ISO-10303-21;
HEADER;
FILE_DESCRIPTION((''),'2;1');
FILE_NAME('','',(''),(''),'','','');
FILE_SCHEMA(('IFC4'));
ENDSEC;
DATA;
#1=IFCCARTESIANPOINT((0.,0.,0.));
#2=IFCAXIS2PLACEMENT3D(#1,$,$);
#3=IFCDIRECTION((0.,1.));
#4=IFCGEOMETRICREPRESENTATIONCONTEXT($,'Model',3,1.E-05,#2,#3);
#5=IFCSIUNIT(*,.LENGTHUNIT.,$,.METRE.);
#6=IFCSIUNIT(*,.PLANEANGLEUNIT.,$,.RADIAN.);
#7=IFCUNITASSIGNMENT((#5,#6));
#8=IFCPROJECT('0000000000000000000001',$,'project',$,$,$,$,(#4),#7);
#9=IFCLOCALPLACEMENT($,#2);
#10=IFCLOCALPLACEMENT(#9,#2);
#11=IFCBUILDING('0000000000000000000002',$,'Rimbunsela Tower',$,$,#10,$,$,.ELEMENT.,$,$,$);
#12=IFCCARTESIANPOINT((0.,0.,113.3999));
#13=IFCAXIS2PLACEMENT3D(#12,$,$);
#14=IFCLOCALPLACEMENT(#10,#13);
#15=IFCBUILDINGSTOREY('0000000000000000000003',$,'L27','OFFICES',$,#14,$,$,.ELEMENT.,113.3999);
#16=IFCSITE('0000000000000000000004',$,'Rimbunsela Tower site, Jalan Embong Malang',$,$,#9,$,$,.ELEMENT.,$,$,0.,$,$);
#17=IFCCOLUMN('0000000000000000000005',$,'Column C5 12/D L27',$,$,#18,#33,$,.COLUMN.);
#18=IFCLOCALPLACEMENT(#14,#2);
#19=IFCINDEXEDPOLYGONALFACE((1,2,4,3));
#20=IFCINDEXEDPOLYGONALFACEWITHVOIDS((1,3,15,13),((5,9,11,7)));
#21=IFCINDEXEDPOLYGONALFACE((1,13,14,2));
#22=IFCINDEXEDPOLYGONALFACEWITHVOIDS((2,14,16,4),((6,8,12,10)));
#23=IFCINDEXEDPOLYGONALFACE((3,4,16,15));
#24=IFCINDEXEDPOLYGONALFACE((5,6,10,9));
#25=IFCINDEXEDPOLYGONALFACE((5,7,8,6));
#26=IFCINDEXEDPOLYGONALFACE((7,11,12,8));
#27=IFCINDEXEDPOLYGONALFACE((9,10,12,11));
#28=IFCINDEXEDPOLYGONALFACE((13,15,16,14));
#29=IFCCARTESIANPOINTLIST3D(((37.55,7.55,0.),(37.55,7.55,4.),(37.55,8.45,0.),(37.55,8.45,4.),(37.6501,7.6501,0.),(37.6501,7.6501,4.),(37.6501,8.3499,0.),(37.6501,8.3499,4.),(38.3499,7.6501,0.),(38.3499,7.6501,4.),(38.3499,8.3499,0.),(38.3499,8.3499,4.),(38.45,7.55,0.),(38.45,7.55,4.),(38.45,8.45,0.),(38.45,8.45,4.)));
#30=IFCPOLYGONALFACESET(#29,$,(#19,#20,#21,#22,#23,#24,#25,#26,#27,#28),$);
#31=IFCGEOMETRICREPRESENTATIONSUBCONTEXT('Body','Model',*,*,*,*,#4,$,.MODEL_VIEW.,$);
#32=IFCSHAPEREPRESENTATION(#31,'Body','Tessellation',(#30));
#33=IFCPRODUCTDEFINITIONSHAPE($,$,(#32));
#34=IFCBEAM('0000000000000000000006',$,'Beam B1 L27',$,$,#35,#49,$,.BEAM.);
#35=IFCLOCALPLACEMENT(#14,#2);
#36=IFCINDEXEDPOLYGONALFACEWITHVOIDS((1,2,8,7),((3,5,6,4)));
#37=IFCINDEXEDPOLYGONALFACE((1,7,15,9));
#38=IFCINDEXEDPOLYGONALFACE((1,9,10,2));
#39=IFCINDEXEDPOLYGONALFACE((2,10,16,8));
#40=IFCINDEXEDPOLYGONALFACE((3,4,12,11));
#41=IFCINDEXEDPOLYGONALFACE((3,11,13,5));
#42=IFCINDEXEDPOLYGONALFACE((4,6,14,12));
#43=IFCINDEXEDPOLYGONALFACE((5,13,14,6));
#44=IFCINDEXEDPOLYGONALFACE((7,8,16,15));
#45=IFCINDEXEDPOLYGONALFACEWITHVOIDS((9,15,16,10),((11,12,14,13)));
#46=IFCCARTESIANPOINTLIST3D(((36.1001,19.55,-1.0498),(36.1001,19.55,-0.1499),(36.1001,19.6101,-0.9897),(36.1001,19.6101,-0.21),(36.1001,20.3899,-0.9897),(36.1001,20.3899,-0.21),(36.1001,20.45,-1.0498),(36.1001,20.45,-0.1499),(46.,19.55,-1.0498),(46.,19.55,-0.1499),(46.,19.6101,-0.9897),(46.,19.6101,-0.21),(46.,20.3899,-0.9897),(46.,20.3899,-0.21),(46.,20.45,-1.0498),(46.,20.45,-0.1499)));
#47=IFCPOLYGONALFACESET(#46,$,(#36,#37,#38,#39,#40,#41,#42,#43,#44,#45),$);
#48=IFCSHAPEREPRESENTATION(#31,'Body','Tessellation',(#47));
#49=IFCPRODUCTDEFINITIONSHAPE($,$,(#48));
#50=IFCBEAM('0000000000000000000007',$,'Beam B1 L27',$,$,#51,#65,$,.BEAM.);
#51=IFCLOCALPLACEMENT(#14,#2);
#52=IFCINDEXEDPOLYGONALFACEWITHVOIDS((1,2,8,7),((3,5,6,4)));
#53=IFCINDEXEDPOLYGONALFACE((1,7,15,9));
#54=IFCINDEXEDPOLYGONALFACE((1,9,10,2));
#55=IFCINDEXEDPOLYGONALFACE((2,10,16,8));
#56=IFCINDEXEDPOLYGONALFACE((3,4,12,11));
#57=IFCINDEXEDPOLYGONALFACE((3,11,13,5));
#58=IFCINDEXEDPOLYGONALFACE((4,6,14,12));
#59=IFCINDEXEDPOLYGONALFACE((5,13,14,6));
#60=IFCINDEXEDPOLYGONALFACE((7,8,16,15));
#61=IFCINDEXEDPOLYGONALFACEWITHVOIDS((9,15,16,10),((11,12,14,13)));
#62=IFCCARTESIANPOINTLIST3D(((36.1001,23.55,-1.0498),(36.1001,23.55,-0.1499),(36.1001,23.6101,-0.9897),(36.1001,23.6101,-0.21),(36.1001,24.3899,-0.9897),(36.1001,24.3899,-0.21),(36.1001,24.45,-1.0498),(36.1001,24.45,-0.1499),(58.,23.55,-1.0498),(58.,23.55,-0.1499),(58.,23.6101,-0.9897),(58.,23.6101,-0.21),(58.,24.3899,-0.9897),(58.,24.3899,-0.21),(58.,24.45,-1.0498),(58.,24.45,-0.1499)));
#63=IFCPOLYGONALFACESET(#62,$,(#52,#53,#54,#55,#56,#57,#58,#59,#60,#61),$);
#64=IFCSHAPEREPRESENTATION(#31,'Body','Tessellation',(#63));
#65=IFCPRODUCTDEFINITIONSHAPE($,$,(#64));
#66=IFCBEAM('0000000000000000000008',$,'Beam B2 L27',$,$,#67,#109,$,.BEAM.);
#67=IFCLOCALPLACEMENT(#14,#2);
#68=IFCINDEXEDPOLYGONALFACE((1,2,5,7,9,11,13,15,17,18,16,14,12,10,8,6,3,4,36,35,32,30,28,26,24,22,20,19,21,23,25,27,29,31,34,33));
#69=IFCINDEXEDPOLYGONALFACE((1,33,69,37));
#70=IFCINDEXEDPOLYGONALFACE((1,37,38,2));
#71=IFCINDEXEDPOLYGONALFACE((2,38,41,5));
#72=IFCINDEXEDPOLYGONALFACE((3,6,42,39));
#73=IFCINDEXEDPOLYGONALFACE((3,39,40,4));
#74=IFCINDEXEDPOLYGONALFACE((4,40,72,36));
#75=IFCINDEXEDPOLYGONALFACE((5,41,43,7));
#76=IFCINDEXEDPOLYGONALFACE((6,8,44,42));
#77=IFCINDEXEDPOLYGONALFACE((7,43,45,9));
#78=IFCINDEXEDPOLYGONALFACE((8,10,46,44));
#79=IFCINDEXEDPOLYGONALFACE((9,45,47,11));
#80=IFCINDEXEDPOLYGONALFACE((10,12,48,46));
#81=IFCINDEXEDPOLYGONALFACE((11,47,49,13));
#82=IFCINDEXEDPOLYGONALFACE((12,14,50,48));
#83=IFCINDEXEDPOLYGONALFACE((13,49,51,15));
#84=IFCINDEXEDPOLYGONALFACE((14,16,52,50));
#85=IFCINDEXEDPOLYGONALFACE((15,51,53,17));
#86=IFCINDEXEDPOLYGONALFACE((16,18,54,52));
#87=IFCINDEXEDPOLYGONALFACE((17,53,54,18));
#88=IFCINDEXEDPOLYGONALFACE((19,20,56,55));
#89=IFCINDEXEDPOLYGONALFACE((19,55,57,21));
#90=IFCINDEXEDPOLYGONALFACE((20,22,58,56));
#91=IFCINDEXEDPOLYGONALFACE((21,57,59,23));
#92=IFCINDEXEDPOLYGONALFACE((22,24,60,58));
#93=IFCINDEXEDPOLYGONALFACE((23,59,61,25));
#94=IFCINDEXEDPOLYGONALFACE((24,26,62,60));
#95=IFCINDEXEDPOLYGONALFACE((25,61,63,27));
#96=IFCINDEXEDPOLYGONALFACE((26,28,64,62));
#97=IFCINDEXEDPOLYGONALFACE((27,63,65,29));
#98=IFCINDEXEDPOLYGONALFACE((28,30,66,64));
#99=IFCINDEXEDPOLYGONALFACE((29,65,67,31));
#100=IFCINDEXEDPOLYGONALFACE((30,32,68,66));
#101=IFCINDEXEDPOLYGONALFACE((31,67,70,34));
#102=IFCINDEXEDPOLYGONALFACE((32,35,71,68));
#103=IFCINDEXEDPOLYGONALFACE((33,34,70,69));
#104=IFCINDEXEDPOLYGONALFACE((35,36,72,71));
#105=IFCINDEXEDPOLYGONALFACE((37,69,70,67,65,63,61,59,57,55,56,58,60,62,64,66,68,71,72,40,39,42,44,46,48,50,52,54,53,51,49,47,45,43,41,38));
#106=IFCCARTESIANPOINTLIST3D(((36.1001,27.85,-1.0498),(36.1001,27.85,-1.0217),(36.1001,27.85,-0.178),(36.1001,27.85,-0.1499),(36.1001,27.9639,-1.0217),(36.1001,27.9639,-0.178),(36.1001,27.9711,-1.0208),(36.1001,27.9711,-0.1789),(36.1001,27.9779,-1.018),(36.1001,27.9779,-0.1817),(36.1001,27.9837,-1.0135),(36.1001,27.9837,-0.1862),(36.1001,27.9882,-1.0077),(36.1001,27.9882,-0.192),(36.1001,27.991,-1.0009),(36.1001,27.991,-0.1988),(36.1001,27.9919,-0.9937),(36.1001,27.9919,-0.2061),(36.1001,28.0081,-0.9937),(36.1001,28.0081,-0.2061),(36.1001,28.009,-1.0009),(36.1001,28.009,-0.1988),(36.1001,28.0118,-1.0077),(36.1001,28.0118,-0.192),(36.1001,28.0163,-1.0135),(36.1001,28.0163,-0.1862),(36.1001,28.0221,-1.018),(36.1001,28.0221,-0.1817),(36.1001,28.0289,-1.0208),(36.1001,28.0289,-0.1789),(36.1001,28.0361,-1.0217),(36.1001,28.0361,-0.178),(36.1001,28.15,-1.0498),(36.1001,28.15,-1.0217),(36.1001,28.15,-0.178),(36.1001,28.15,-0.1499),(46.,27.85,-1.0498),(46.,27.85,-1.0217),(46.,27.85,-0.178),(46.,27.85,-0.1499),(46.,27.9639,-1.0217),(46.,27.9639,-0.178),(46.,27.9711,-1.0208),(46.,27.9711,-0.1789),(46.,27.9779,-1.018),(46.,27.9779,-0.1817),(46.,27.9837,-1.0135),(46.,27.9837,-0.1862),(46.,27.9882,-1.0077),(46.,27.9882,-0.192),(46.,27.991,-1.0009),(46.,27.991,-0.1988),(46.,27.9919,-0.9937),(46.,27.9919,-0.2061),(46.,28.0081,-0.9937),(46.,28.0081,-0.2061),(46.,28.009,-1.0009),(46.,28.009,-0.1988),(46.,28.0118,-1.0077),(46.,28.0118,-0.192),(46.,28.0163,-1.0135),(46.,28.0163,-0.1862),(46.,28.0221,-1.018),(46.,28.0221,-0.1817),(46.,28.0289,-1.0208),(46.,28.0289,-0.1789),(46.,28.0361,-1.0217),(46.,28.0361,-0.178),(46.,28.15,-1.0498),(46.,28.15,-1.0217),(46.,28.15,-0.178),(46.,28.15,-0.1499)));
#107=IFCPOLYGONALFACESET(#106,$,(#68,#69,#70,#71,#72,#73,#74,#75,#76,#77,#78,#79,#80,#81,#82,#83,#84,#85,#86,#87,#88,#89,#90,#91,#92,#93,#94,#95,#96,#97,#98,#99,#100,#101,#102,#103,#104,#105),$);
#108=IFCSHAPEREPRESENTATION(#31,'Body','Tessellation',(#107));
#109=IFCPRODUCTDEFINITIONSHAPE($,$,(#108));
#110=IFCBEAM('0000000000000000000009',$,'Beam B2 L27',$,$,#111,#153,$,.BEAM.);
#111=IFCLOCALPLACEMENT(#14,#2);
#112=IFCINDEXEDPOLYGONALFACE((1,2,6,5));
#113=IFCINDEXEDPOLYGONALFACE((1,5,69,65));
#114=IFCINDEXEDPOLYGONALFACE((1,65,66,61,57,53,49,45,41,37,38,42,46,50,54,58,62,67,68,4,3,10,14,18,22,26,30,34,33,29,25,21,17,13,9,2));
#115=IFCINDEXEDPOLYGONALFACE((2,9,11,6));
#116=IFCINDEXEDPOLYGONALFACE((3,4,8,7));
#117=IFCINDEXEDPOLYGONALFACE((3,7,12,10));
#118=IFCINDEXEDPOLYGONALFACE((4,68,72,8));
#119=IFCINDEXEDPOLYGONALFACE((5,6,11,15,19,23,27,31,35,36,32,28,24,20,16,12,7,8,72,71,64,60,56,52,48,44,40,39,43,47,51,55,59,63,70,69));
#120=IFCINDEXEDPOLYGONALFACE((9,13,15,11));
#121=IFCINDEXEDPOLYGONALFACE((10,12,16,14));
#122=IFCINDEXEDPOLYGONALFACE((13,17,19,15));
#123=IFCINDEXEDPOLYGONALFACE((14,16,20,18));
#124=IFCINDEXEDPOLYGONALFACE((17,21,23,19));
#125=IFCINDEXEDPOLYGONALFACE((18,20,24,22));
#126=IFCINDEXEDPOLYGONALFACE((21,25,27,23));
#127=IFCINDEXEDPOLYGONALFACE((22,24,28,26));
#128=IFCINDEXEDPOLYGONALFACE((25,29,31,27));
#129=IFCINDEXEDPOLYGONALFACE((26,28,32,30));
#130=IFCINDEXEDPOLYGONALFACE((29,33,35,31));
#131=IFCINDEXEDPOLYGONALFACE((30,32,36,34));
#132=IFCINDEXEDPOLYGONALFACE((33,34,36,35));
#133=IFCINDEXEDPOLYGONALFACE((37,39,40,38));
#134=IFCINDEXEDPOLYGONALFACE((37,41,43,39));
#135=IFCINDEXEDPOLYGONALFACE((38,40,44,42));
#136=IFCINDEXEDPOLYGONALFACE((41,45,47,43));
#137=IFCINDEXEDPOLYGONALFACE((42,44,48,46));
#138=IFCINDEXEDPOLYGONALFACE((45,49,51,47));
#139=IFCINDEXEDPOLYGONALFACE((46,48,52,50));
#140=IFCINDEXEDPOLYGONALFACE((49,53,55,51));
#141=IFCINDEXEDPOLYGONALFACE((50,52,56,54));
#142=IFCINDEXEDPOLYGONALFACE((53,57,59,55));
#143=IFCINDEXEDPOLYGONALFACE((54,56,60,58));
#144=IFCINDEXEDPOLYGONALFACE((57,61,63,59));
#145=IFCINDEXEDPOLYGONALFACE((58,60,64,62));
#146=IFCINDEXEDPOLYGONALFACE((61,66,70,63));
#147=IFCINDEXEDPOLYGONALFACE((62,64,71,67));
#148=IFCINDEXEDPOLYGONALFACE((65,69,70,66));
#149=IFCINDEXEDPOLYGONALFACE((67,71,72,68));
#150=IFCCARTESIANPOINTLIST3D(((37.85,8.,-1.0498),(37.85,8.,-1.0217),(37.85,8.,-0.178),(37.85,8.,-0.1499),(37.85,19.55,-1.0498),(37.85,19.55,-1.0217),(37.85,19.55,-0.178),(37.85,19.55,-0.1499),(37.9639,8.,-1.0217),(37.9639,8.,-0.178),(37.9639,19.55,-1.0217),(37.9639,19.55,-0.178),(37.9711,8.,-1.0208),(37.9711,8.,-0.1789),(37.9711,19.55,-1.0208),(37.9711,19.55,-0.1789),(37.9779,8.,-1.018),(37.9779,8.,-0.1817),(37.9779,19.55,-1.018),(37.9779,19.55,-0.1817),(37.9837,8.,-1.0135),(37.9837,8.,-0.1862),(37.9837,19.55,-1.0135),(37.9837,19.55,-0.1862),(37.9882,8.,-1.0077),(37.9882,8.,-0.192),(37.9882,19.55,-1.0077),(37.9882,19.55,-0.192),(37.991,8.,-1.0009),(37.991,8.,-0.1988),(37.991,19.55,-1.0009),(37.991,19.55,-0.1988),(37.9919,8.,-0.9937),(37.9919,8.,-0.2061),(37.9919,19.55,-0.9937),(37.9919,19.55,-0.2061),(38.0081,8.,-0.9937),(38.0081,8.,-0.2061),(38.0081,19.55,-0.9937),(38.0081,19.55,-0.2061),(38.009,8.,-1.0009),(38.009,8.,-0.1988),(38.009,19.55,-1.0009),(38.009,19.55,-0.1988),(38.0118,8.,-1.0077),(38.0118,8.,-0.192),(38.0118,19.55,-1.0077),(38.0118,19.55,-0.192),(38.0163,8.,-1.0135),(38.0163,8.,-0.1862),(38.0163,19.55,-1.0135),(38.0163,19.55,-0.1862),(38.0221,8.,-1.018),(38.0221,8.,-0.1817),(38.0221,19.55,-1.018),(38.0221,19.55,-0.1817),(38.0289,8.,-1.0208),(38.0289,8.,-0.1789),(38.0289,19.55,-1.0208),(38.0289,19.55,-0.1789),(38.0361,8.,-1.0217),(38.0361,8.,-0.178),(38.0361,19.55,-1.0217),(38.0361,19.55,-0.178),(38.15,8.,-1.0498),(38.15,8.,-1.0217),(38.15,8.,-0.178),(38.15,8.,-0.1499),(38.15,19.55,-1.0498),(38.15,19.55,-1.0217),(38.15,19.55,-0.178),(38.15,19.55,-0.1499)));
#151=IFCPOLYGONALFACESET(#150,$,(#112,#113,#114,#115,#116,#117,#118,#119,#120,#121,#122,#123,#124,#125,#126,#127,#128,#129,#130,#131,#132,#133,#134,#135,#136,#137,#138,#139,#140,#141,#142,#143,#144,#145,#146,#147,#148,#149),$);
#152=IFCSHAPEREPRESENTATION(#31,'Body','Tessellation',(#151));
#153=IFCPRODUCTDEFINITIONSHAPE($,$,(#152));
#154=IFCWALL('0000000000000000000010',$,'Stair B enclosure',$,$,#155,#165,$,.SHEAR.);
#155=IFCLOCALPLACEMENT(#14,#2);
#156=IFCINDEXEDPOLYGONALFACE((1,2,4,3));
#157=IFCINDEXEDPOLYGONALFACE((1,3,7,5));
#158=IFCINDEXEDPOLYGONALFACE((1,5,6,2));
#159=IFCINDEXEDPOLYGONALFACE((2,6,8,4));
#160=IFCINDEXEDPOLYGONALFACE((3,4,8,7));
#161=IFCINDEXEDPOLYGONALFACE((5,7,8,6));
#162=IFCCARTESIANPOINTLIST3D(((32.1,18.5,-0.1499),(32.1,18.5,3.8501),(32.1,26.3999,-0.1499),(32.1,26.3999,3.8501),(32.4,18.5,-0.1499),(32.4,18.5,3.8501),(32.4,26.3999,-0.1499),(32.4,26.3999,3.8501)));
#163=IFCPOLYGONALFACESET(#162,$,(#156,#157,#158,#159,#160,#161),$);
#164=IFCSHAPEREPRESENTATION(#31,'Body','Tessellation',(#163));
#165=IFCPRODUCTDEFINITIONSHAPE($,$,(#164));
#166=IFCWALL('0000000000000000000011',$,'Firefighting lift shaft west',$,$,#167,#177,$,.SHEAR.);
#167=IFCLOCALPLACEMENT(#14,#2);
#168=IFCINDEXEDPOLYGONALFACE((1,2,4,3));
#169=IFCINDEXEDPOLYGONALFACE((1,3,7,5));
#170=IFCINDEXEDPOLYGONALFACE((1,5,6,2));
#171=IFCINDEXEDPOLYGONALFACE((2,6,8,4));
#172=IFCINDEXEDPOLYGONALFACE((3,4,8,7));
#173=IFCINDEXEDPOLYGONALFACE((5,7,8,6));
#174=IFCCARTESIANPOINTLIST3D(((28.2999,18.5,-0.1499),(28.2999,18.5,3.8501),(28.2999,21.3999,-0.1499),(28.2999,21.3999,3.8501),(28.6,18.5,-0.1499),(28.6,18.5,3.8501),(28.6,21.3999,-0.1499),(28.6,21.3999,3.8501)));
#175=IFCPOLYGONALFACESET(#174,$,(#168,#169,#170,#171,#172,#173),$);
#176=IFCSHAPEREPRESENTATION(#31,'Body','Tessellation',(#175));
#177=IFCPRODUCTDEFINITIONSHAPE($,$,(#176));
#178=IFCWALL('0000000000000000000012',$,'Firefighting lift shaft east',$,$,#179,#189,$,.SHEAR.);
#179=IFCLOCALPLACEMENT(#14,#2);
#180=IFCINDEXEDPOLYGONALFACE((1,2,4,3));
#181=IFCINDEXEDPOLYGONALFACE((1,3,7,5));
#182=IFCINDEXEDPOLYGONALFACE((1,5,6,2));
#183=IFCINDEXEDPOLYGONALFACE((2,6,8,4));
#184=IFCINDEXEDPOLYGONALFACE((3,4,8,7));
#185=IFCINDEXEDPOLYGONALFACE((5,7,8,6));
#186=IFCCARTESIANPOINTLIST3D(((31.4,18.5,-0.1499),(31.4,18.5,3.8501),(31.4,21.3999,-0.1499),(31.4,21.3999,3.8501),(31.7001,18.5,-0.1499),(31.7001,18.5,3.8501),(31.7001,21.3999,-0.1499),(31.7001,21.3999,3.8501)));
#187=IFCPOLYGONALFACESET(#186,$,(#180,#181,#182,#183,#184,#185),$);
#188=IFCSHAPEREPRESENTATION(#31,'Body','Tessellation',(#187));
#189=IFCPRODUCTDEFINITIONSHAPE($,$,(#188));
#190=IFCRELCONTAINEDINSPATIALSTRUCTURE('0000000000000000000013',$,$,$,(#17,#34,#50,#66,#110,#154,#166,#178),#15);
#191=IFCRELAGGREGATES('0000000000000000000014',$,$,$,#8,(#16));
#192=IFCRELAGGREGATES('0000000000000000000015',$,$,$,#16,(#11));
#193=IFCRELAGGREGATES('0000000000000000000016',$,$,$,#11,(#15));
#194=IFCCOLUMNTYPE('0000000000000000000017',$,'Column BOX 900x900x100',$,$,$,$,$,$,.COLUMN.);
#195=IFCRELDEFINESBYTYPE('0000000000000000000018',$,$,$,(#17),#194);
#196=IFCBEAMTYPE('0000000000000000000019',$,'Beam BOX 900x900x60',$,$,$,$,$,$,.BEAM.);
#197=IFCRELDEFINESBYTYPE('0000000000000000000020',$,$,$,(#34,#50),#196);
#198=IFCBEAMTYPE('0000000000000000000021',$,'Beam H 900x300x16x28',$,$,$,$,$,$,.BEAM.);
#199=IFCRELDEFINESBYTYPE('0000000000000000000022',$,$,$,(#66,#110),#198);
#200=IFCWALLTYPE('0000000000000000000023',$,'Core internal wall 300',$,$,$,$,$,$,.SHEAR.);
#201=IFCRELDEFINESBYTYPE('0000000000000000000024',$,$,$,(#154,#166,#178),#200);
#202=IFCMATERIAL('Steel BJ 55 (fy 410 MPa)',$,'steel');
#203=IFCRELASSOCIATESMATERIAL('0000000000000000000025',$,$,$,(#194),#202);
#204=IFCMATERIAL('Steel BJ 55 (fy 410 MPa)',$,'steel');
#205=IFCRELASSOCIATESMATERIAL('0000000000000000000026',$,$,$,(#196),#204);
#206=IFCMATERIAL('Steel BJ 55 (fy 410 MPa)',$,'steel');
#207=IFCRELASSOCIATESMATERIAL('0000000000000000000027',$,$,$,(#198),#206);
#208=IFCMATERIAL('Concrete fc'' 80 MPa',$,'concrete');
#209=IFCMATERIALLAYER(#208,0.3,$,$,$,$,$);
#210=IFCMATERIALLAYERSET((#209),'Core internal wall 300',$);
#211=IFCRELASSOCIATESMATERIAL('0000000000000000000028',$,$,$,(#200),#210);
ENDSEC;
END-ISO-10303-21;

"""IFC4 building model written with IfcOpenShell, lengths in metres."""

from ifc_helpers import new_model, si_unit, direction, frame, frame_2d, origin, origin_2d, place, context, subcontext, project, spatial, rectangle, hollow_rectangle, i_section, extrude, material, layer, layer_set, material_profile, profile_set, type_object, element, save


model = new_model("IFC4")

# Units and contexts
model_context = context("Model", 3, precision=1e-05, world=origin(), true_north=direction((0.0, 1.0)))
body_context = subcontext(model_context, "Body", "Model", "MODEL_VIEW")
ifc_project = project(units=[si_unit("LENGTHUNIT", "METRE"), si_unit("PLANEANGLEUNIT", "RADIAN")], contexts=[model_context])

# Site, building, storey
site_placement = place(None, origin())
site = spatial("IfcSite", under=ifc_project, at=site_placement, Name="Rimbunsela Tower site, Jalan Embong Malang", CompositionType="ELEMENT", RefElevation=0.0)
building_placement = place(site_placement, origin())
building = spatial("IfcBuilding", under=site, at=building_placement, Name="Rimbunsela Tower", CompositionType="ELEMENT")
storey_placement = place(building_placement, frame((0.0, 0.0, 113.3999)))
storey = spatial("IfcBuildingStorey", under=building, at=storey_placement, Name="L27", Description="OFFICES", CompositionType="ELEMENT", Elevation=113.3999)

# Column
ifc_material_1 = material(Name="Steel BJ 55 (fy 410 MPa)", Category="steel")
ifc_material_profile_1 = material_profile(ifc_material_1, hollow_rectangle(XDim=0.8999, YDim=0.8999, WallThickness=0.1001, at=origin_2d()), Name="BOX 900x900x100")
ifc_profile_set_1 = profile_set([ifc_material_profile_1], Name="Steel BJ 55 (fy 410 MPa)")
column_type = type_object("IfcColumnType", Name="Column BOX 900x900x100", PredefinedType="COLUMN", material=ifc_profile_set_1)
column_placement = place(storey_placement, frame((38.0, 8.0, 0.0), z_axis=(0.0, 0.0, 1.0), x_axis=(1.0, 0.0, 0.0)))
element("IfcColumn", 1, at=column_placement, inside=storey, type_object=column_type, Name="Column C5 12/D L27", PredefinedType="COLUMN", context=body_context, shape_type="SweptSolid", body=[
    extrude(hollow_rectangle(XDim=0.8999, YDim=0.8999, WallThickness=0.1001, at=origin_2d()), origin(), (0.0, 0.0, 1.0), 4.0),
])

# Beams
ifc_material_2 = material(Name="Steel BJ 55 (fy 410 MPa)", Category="steel")
ifc_material_profile_2 = material_profile(ifc_material_2, hollow_rectangle(XDim=0.8999, YDim=0.8999, WallThickness=0.0601, at=origin_2d()), Name="BOX 900x900x60")
ifc_profile_set_2 = profile_set([ifc_material_profile_2], Name="Steel BJ 55 (fy 410 MPa)")
beam_type_1 = type_object("IfcBeamType", Name="Beam BOX 900x900x60", PredefinedType="BEAM", material=ifc_profile_set_2)
beam_1_placement = place(storey_placement, frame((36.1001, 20.0, -0.5999), z_axis=(1.0, 0.0, 0.0), x_axis=(0.0, 1.0, 0.0)))
element("IfcBeam", 2, at=beam_1_placement, inside=storey, type_object=beam_type_1, Name="Beam B1 L27", PredefinedType="BEAM", context=body_context, shape_type="SweptSolid", body=[
    extrude(hollow_rectangle(XDim=0.8999, YDim=0.8999, WallThickness=0.0601, at=origin_2d()), origin(), (0.0, 0.0, 1.0), 9.8999),
])
beam_2_placement = place(storey_placement, frame((36.1001, 24.0, -0.5999), z_axis=(1.0, 0.0, 0.0), x_axis=(0.0, 1.0, 0.0)))
element("IfcBeam", 3, at=beam_2_placement, inside=storey, type_object=beam_type_1, Name="Beam B1 L27", PredefinedType="BEAM", context=body_context, shape_type="SweptSolid", body=[
    extrude(hollow_rectangle(XDim=0.8999, YDim=0.8999, WallThickness=0.0601, at=origin_2d()), origin(), (0.0, 0.0, 1.0), 21.8999),
])
ifc_material_3 = material(Name="Steel BJ 55 (fy 410 MPa)", Category="steel")
ifc_material_profile_3 = material_profile(ifc_material_3, i_section(OverallWidth=0.3, OverallDepth=0.8999, WebThickness=0.0161, FlangeThickness=0.0281, FilletRadius=0.0281, at=origin_2d()), Name="H 900x300x16x28")
ifc_profile_set_3 = profile_set([ifc_material_profile_3], Name="Steel BJ 55 (fy 410 MPa)")
beam_type_2 = type_object("IfcBeamType", Name="Beam H 900x300x16x28", PredefinedType="BEAM", material=ifc_profile_set_3)
beam_3_placement = place(storey_placement, frame((36.1001, 28.0, -0.5999), z_axis=(1.0, 0.0, 0.0), x_axis=(0.0, 1.0, 0.0)))
element("IfcBeam", 4, at=beam_3_placement, inside=storey, type_object=beam_type_2, Name="Beam B2 L27", PredefinedType="BEAM", context=body_context, shape_type="SweptSolid", body=[
    extrude(i_section(OverallWidth=0.3, OverallDepth=0.8999, WebThickness=0.0161, FlangeThickness=0.0281, FilletRadius=0.0281, at=origin_2d()), origin(), (0.0, 0.0, 1.0), 9.8999),
])
beam_4_placement = place(storey_placement, frame((38.0, 8.0, -0.5999), z_axis=(0.0, 1.0, 0.0), x_axis=(-1.0, 0.0, 0.0)))
element("IfcBeam", 5, at=beam_4_placement, inside=storey, type_object=beam_type_2, Name="Beam B2 L27", PredefinedType="BEAM", context=body_context, shape_type="SweptSolid", body=[
    extrude(i_section(OverallWidth=0.3, OverallDepth=0.8999, WebThickness=0.0161, FlangeThickness=0.0281, FilletRadius=0.0281, at=origin_2d()), origin(), (0.0, 0.0, 1.0), 11.55),
])

# Walls
ifc_material_4 = material(Name="Concrete fc' 80 MPa", Category="concrete")
ifc_layer_1 = layer(ifc_material_4, 0.3)
ifc_layer_set_1 = layer_set([ifc_layer_1], Name="Core internal wall 300")
wall_type_1 = type_object("IfcWallType", Name="Core internal wall 300", PredefinedType="SHEAR", material=ifc_layer_set_1)
wall_1_placement = place(storey_placement, frame((32.25, 18.5, -0.1499), z_axis=(0.0, 0.0, 1.0), x_axis=(0.0, 1.0, 0.0)))
element("IfcWall", 6, at=wall_1_placement, inside=storey, type_object=wall_type_1, Name="Stair B enclosure", PredefinedType="SHEAR", context=body_context, shape_type="SweptSolid", body=[
    extrude(rectangle(XDim=7.8999, YDim=0.3, at=frame_2d((3.95, 0.0))), origin(), (0.0, 0.0, 1.0), 4.0),
])
for number, where, z_axis, x_axis, name in (
    (7, (28.45, 18.5, -0.1499), (0.0, 0.0, 1.0), (0.0, 1.0, 0.0), "Firefighting lift shaft west"),
    (8, (31.55, 18.5, -0.1499), (0.0, 0.0, 1.0), (0.0, 1.0, 0.0), "Firefighting lift shaft east"),
):
    element("IfcWall", number, at=place(storey_placement, frame(where, z_axis=z_axis, x_axis=x_axis)), inside=storey, type_object=wall_type_1, Name=name, PredefinedType="SHEAR", context=body_context, shape_type="SweptSolid", body=[
        extrude(rectangle(XDim=2.8999, YDim=0.3, at=frame_2d((1.45, 0.0))), origin(), (0.0, 0.0, 1.0), 4.0),
    ])

save(model, "model.ifc")
